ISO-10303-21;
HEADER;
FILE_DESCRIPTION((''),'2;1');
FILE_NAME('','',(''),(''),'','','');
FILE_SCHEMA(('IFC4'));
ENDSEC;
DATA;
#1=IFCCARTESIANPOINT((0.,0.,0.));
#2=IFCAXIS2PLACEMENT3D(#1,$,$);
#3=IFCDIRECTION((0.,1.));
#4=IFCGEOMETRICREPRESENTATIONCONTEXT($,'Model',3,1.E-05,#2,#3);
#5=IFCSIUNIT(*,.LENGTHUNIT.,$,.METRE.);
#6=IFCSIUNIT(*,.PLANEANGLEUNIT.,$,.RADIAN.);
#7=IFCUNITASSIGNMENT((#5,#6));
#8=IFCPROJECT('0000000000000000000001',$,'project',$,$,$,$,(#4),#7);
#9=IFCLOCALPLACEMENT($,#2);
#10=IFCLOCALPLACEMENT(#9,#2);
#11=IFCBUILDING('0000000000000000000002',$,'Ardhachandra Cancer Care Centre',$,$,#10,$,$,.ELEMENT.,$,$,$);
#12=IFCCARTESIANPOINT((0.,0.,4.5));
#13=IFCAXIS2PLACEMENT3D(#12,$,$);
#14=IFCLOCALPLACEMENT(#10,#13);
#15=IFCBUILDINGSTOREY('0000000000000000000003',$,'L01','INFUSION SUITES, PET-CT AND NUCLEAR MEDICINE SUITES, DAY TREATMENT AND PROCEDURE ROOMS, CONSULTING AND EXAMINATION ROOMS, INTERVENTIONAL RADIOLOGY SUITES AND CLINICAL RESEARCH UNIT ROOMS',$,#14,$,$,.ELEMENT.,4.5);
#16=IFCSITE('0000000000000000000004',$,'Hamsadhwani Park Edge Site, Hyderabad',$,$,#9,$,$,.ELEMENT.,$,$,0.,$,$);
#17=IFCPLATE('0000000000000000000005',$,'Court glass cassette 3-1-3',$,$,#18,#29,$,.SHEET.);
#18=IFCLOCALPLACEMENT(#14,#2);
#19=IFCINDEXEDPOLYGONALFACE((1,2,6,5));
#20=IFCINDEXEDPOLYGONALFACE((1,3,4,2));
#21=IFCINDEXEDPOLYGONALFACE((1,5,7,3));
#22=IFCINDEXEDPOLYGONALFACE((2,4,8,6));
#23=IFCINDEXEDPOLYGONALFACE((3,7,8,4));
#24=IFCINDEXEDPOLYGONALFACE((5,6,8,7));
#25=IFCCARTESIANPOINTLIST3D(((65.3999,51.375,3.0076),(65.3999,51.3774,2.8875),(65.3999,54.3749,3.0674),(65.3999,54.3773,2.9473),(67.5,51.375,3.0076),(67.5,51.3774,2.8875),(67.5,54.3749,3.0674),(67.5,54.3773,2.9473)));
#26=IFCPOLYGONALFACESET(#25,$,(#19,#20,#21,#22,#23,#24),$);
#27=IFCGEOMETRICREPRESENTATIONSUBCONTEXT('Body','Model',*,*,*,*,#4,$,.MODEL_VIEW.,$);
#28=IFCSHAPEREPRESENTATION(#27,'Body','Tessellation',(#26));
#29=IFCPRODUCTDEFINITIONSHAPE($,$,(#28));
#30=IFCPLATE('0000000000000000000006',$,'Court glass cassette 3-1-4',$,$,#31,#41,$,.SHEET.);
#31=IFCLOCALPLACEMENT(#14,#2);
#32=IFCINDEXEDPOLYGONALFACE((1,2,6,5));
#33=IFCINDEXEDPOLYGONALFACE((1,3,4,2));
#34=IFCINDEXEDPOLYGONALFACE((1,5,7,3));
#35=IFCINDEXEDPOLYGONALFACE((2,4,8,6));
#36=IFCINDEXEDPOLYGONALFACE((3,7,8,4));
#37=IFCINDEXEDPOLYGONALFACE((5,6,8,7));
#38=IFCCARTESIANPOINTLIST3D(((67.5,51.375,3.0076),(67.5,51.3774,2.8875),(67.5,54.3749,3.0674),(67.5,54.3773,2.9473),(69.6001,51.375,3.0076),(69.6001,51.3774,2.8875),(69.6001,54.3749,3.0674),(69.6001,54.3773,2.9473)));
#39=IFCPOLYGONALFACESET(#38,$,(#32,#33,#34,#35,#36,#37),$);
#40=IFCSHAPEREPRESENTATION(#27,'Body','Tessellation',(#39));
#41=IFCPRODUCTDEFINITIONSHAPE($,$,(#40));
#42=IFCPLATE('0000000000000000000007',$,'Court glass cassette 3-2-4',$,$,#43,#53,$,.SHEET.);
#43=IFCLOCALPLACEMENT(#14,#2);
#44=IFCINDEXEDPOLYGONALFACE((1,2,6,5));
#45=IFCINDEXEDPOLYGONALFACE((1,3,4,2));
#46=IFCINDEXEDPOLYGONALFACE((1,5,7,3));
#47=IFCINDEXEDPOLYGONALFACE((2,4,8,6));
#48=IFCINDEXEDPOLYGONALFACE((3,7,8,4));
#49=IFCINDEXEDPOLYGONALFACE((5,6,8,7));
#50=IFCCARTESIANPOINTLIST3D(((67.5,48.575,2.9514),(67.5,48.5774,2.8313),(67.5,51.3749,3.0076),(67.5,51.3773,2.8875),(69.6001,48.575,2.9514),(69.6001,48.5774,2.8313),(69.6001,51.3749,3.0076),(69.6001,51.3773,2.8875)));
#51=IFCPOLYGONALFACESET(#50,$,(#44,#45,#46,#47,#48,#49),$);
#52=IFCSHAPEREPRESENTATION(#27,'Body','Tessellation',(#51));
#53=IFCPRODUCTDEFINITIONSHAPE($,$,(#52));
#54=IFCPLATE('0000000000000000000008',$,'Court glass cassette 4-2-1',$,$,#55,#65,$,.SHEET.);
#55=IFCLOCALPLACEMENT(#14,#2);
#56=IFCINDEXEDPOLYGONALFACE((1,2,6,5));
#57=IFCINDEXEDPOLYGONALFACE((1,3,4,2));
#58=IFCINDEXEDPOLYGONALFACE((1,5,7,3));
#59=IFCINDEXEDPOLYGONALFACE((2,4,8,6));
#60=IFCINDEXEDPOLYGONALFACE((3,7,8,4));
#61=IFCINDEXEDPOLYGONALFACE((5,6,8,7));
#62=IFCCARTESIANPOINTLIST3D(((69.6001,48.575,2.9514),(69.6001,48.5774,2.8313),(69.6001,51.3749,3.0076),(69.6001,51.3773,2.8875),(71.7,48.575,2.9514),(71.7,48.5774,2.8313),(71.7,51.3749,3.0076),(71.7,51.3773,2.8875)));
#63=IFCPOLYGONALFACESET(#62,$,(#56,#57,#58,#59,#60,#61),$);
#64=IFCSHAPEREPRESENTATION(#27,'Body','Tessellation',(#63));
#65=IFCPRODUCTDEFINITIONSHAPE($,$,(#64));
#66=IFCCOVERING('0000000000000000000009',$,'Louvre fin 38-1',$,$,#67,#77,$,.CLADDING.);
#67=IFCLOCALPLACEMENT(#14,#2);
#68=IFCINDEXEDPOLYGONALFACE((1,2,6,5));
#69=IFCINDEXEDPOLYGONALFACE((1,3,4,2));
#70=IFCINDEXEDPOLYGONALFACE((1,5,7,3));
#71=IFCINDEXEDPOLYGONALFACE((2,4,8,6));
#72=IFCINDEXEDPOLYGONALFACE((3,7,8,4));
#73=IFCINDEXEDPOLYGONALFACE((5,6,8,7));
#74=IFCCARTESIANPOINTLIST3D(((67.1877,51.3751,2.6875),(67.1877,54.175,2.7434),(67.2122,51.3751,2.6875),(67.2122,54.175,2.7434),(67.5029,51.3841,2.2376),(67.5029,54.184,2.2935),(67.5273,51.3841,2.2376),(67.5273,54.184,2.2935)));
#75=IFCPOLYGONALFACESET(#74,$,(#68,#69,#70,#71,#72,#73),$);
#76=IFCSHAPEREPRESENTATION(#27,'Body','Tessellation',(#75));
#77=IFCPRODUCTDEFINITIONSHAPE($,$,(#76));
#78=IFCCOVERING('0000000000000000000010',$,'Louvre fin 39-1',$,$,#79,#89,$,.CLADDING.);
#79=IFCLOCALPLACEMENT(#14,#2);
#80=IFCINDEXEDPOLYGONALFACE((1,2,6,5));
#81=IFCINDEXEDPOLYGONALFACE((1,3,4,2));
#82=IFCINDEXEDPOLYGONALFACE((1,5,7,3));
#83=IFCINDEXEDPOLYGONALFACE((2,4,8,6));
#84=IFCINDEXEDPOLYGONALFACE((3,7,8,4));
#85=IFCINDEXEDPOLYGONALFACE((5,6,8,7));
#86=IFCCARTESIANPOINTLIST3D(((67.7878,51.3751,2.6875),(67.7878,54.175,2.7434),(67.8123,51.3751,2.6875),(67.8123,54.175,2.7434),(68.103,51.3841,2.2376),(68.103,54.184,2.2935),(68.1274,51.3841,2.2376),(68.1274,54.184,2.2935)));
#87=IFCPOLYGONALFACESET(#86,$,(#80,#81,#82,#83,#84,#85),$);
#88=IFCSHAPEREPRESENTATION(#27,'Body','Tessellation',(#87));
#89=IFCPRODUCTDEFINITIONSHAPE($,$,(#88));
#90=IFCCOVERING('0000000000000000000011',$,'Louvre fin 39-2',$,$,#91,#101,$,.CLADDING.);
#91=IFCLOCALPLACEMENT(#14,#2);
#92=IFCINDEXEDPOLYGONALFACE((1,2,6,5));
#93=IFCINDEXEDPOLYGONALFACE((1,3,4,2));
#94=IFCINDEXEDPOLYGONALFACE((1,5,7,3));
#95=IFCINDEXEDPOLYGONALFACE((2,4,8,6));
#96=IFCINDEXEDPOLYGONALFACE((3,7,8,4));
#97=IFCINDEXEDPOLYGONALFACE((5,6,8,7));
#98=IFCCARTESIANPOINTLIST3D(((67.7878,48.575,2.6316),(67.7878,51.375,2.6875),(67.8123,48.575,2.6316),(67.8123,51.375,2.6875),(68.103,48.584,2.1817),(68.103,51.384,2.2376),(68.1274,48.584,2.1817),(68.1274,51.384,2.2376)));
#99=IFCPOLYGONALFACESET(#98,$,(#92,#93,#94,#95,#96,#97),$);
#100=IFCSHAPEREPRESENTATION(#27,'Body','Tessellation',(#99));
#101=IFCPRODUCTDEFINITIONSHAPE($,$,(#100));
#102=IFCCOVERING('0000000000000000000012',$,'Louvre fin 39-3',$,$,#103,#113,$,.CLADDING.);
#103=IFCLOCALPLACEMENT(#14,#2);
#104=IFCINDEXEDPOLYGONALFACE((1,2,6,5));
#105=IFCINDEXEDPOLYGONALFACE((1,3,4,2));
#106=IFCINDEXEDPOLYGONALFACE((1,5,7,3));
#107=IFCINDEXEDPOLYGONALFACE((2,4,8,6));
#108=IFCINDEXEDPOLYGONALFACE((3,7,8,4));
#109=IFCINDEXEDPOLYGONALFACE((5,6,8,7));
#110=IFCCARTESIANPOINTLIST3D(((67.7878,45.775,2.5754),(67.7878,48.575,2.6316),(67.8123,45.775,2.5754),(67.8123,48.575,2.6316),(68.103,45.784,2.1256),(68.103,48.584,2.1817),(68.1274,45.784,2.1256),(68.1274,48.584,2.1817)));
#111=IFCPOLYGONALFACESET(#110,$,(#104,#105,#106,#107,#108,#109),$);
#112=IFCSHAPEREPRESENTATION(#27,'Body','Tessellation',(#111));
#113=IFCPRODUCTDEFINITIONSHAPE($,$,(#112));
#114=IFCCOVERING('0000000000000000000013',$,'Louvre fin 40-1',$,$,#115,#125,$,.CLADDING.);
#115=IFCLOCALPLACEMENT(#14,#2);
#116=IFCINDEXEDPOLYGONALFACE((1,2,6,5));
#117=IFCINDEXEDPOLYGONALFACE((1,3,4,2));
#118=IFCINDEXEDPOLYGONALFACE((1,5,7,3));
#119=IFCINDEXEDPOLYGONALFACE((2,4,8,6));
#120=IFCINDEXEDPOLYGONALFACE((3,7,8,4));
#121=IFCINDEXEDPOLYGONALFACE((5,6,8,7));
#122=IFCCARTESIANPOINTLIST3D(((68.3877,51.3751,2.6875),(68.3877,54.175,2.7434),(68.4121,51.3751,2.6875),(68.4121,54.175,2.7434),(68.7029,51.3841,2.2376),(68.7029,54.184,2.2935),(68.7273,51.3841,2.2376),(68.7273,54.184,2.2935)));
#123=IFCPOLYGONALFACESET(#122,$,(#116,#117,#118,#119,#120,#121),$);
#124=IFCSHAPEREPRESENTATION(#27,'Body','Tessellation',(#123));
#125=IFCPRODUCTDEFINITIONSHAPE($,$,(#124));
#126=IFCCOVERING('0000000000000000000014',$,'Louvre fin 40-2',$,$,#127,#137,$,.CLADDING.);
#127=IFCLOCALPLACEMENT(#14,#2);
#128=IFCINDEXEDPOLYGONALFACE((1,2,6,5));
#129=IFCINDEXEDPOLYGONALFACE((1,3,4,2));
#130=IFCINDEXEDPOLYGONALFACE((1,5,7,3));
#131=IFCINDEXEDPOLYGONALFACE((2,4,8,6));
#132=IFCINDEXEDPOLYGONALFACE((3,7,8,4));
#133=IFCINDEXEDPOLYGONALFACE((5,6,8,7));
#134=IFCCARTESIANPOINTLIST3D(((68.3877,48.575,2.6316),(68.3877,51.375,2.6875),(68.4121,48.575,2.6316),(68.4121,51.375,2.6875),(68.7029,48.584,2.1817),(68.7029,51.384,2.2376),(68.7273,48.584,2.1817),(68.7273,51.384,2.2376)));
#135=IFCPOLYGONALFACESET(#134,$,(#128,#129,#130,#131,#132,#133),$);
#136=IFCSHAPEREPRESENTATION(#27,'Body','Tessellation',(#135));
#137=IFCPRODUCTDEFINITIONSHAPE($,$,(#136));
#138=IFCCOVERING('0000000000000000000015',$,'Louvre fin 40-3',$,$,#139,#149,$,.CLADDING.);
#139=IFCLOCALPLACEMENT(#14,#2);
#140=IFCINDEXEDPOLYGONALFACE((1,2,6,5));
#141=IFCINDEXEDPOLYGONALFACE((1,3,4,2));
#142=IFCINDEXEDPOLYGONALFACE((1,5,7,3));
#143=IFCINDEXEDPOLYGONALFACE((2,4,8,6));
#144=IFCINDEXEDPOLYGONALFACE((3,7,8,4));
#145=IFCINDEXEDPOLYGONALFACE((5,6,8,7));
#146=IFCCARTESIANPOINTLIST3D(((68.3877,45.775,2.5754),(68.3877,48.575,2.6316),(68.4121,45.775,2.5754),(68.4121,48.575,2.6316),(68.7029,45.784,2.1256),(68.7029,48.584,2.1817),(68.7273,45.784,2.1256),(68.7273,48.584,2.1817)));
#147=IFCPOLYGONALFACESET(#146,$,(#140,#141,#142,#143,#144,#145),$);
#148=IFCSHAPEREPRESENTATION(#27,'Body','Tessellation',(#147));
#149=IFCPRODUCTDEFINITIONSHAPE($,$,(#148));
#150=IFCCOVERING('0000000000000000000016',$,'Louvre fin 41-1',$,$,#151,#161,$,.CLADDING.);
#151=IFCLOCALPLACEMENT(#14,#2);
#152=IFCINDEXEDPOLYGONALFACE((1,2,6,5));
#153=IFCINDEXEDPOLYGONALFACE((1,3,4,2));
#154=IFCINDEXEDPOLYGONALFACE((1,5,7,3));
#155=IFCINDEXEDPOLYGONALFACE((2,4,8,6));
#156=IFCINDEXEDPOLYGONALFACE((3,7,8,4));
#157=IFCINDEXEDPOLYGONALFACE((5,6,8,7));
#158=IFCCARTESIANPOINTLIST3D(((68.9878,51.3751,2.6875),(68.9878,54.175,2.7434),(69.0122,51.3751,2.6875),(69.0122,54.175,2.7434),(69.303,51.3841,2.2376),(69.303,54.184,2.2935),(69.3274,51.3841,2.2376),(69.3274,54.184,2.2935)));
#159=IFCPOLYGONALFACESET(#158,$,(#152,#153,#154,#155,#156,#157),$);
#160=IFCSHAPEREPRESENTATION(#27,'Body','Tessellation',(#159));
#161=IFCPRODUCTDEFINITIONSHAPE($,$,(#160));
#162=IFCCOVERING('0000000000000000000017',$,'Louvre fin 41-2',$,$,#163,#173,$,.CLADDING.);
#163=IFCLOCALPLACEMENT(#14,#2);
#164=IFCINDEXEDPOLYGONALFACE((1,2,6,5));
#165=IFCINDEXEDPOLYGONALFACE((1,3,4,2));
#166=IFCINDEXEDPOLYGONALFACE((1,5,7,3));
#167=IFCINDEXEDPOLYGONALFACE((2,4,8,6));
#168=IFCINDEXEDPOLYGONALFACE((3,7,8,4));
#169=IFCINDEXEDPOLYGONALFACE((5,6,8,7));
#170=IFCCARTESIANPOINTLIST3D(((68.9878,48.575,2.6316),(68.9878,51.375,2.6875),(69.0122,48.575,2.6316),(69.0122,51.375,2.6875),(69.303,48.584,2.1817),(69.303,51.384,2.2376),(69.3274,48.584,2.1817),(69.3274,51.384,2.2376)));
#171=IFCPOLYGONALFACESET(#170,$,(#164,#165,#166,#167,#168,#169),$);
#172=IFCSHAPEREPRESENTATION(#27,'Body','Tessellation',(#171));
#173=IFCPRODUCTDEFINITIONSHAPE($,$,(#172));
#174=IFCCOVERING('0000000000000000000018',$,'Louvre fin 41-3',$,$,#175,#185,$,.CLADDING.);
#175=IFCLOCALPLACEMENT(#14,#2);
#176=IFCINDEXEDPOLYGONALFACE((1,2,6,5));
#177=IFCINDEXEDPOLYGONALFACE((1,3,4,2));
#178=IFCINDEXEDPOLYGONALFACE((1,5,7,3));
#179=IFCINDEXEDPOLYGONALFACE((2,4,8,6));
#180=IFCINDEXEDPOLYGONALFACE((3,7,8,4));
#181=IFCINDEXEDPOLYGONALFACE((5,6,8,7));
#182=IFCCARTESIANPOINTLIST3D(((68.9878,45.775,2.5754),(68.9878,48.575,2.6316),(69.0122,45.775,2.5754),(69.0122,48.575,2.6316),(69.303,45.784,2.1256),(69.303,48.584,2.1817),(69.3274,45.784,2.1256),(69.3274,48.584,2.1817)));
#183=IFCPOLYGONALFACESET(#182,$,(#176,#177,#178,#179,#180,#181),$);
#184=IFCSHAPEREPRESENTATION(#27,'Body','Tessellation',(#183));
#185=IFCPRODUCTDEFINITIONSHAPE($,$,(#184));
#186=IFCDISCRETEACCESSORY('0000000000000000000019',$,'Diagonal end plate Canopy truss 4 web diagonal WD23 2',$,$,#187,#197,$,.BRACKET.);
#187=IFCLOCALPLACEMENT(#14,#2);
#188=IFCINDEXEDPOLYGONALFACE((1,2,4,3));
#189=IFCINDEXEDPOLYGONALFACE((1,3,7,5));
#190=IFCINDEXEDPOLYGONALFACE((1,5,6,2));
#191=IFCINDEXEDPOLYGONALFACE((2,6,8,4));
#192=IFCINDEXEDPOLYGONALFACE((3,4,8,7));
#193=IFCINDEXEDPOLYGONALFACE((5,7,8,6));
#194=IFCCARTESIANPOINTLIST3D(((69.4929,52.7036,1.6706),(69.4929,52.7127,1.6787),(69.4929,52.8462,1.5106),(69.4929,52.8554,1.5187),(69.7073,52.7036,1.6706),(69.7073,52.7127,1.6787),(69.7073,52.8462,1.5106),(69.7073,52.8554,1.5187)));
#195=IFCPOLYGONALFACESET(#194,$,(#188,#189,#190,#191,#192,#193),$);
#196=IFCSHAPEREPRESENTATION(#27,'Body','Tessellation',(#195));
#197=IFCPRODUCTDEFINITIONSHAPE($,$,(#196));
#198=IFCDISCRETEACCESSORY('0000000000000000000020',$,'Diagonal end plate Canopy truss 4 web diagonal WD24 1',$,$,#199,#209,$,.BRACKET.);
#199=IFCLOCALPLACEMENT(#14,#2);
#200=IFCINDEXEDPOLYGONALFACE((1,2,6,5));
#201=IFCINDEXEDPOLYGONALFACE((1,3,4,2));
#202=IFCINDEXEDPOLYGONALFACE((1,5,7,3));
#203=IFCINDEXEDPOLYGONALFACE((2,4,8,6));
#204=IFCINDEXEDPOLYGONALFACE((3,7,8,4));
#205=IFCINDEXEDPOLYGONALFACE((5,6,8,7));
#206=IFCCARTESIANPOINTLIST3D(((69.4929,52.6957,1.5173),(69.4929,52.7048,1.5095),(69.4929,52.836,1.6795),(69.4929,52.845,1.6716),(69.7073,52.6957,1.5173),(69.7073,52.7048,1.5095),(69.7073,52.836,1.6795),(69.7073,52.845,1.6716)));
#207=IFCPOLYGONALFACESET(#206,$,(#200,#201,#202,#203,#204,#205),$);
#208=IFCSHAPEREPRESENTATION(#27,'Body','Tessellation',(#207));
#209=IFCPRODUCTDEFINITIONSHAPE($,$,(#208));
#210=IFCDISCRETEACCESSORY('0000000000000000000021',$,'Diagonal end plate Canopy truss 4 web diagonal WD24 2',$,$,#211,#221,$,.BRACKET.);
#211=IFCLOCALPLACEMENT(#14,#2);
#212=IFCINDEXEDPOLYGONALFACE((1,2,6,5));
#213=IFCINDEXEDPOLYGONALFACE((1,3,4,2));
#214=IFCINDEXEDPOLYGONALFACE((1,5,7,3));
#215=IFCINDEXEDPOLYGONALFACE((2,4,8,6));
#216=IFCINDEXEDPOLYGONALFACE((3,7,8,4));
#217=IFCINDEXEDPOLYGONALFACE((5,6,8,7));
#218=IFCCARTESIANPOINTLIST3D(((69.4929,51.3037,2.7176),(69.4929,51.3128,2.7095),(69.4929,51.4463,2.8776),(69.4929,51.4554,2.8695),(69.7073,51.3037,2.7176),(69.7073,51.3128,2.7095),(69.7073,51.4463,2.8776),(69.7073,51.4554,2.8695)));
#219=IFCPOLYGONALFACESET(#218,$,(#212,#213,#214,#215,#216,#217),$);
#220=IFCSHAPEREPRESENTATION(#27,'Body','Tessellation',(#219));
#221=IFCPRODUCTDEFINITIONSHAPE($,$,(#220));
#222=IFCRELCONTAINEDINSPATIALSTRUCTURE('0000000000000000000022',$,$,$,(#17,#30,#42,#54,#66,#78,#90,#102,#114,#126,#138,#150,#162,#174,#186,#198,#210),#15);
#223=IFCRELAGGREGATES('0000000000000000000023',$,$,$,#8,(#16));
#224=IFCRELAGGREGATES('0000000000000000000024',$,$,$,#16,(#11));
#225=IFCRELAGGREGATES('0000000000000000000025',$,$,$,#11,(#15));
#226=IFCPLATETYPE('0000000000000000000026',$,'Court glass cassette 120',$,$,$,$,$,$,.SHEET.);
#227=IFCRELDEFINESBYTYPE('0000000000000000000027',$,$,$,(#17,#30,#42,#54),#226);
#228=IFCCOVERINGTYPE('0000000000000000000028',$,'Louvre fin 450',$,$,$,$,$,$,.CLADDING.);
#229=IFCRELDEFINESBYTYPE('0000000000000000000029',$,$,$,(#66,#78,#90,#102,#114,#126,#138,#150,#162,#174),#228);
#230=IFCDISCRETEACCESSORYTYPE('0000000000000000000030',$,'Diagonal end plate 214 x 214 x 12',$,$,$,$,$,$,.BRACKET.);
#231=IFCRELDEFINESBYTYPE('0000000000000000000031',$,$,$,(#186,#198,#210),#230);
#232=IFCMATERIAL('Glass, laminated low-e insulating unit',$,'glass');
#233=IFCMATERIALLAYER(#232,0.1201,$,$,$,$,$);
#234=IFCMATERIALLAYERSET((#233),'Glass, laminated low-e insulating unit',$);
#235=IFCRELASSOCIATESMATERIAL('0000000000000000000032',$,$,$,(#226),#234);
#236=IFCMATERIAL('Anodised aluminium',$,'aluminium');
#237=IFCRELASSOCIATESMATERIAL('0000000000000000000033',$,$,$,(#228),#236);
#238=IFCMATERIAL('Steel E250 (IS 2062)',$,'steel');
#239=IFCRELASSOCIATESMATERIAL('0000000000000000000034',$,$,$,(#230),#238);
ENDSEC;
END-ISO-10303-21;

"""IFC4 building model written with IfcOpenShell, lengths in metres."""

from ifc_helpers import new_model, si_unit, direction, frame, origin, origin_2d, place, context, subcontext, project, spatial, polyline, rectangle, outline, extrude, material, layer, layer_set, material_profile, profile_set, type_object, element, save


model = new_model("IFC4")

# Units and contexts
model_context = context("Model", 3, precision=1e-05, world=origin(), true_north=direction((0.0, 1.0)))
body_context = subcontext(model_context, "Body", "Model", "MODEL_VIEW")
ifc_project = project(units=[si_unit("LENGTHUNIT", "METRE"), si_unit("PLANEANGLEUNIT", "RADIAN")], contexts=[model_context])

# Site, building, storey
site_placement = place(None, origin())
site = spatial("IfcSite", under=ifc_project, at=site_placement, Name="Hamsadhwani Park Edge Site, Hyderabad", CompositionType="ELEMENT", RefElevation=0.0)
building_placement = place(site_placement, origin())
building = spatial("IfcBuilding", under=site, at=building_placement, Name="Ardhachandra Cancer Care Centre", CompositionType="ELEMENT")
storey_placement = place(building_placement, frame((0.0, 0.0, 4.5)))
storey = spatial("IfcBuildingStorey", under=building, at=storey_placement, Name="L01", Description="INFUSION SUITES, PET-CT AND NUCLEAR MEDICINE SUITES, DAY TREATMENT AND PROCEDURE ROOMS, CONSULTING AND EXAMINATION ROOMS, INTERVENTIONAL RADIOLOGY SUITES AND CLINICAL RESEARCH UNIT ROOMS", CompositionType="ELEMENT", Elevation=4.5)

# Plates
ifc_material_1 = material(Name="Glass, laminated low-e insulating unit", Category="glass")
ifc_layer = layer(ifc_material_1, 0.1201)
ifc_layer_set = layer_set([ifc_layer], Name="Glass, laminated low-e insulating unit")
plate_type = type_object("IfcPlateType", Name="Court glass cassette 120", PredefinedType="SHEET", material=ifc_layer_set)
for number, where, z_axis, x_axis, name in (
    (1, (67.5, 51.375, 3.0076), (0.0, -0.019934, 0.999801), (-1.0, 0.0, 0.0), "Court glass cassette 3-1-3"),
    (2, (69.6001, 51.375, 3.0076), (0.0, -0.019934, 0.999801), (-1.0, 0.0, 0.0), "Court glass cassette 3-1-4"),
):
    element("IfcPlate", number, at=place(storey_placement, frame(where, z_axis=z_axis, x_axis=x_axis)), inside=storey, type_object=plate_type, Name=name, PredefinedType="SHEET", context=body_context, shape_type="SweptSolid", body=[
        extrude(outline(polyline([(0.0, -3.0005), (2.1001, -3.0005), (2.1001, 0.0), (0.0, 0.0), (0.0, -3.0005)])), frame((0.0, 0.0, -0.1201)), (0.0, 0.0, 1.0), 0.1201),
    ])
plate_1_placement = place(storey_placement, frame((67.5, 48.575, 2.9514), z_axis=(0.0, -0.02005, 0.999799), x_axis=(0.0, 0.999799, 0.02005)))
element("IfcPlate", 3, at=plate_1_placement, inside=storey, type_object=plate_type, Name="Court glass cassette 3-2-4", PredefinedType="SHEET", context=body_context, shape_type="SweptSolid", body=[
    extrude(outline(polyline([(0.0, -2.1001), (2.8005, -2.1001), (2.8005, 0.0), (0.0, 0.0), (0.0, -2.1001)])), frame((0.0, 0.0, -0.1201)), (0.0, 0.0, 1.0), 0.1201),
])
plate_2_placement = place(storey_placement, frame((69.6001, 48.575, 2.9514), z_axis=(0.0, -0.02005, 0.999799), x_axis=(0.0, 0.999799, 0.02005)))
element("IfcPlate", 4, at=plate_2_placement, inside=storey, type_object=plate_type, Name="Court glass cassette 4-2-1", PredefinedType="SHEET", context=body_context, shape_type="SweptSolid", body=[
    extrude(outline(polyline([(0.0, -2.0999), (2.8005, -2.0999), (2.8005, 0.0), (0.0, 0.0), (0.0, -2.0999)])), frame((0.0, 0.0, -0.1201)), (0.0, 0.0, 1.0), 0.1201),
])

# Coverings
ifc_material_2 = material(Name="Anodised aluminium", Category="aluminium")
ifc_material_profile_1 = material_profile(ifc_material_2, outline(polyline([(-0.0122, 0.0), (0.0122, 0.0), (0.3274, -0.45), (0.303, -0.45), (-0.0122, 0.0)])), Name="Louvre fin 450")
ifc_profile_set_1 = profile_set([ifc_material_profile_1], Name="Anodised aluminium")
covering_type = type_object("IfcCoveringType", Name="Louvre fin 450", PredefinedType="CLADDING", material=ifc_profile_set_1)
for number, where, z_axis, x_axis, name in (
    (5, (67.2, 54.175, 2.7434), (0.0, -0.999801, -0.019963), (1.0, 0.0, 0.0), "Louvre fin 38-1"),
    (6, (67.8, 54.175, 2.7434), (0.0, -0.999801, -0.019963), (1.0, 0.0, 0.0), "Louvre fin 39-1"),
    (7, (67.8, 51.375, 2.6875), (0.0, -0.999801, -0.019963), (1.0, 0.0, 0.0), "Louvre fin 39-2"),
    (8, (67.8, 48.575, 2.6316), (0.0, -0.999799, -0.02005), (1.0, 0.0, 0.0), "Louvre fin 39-3"),
    (9, (68.3999, 54.175, 2.7434), (0.0, -0.999801, -0.019963), (1.0, 0.0, 0.0), "Louvre fin 40-1"),
    (10, (68.3999, 51.375, 2.6875), (0.0, -0.999801, -0.019963), (1.0, 0.0, 0.0), "Louvre fin 40-2"),
    (11, (68.3999, 48.575, 2.6316), (0.0, -0.999799, -0.02005), (1.0, 0.0, 0.0), "Louvre fin 40-3"),
    (12, (69.0, 54.175, 2.7434), (0.0, -0.999801, -0.019963), (1.0, 0.0, 0.0), "Louvre fin 41-1"),
    (13, (69.0, 51.375, 2.6875), (0.0, -0.999801, -0.019963), (1.0, 0.0, 0.0), "Louvre fin 41-2"),
    (14, (69.0, 48.575, 2.6316), (0.0, -0.999799, -0.02005), (1.0, 0.0, 0.0), "Louvre fin 41-3"),
):
    element("IfcCovering", number, at=place(storey_placement, frame(where, z_axis=z_axis, x_axis=x_axis)), inside=storey, type_object=covering_type, Name=name, PredefinedType="CLADDING", context=body_context, shape_type="SweptSolid", body=[
        extrude(outline(polyline([(-0.0122, 0.0), (0.0122, 0.0), (0.3274, -0.45), (0.303, -0.45), (-0.0122, 0.0)])), origin(), (0.0, 0.0, 1.0), 2.8005),
    ])

# Discrete accessories
ifc_material_3 = material(Name="Steel E250 (IS 2062)", Category="steel")
ifc_material_profile_2 = material_profile(ifc_material_3, rectangle(XDim=0.2144, YDim=0.2144, at=origin_2d()), Name="PL 214x214x12")
ifc_profile_set_2 = profile_set([ifc_material_profile_2], Name="Steel E250 (IS 2062)")
discrete_accessory_type = type_object("IfcDiscreteAccessoryType", Name="Diagonal end plate 214 x 214 x 12", PredefinedType="BRACKET", material=ifc_profile_set_2)
discrete_accessory_1_placement = place(storey_placement, frame((69.6001, 52.7749, 1.5906), z_axis=(0.0, 0.746295, 0.665615), x_axis=(-1.0, 0.0, 0.0)))
element("IfcDiscreteAccessory", 15, at=discrete_accessory_1_placement, inside=storey, type_object=discrete_accessory_type, Name="Diagonal end plate Canopy truss 4 web diagonal WD23 2", PredefinedType="BRACKET", context=body_context, shape_type="SweptSolid", body=[
    extrude(rectangle(XDim=0.2144, YDim=0.2144, at=origin_2d()), origin(), (0.0, 0.0, 1.0), 0.0122),
])
discrete_accessory_2_placement = place(storey_placement, frame((69.6001, 52.7749, 1.5906), z_axis=(0.0, -0.756363, 0.654152), x_axis=(1.0, 0.0, 0.0)))
element("IfcDiscreteAccessory", 16, at=discrete_accessory_2_placement, inside=storey, type_object=discrete_accessory_type, Name="Diagonal end plate Canopy truss 4 web diagonal WD24 1", PredefinedType="BRACKET", context=body_context, shape_type="SweptSolid", body=[
    extrude(rectangle(XDim=0.2144, YDim=0.2144, at=origin_2d()), origin(), (0.0, 0.0, 1.0), 0.012),
])
discrete_accessory_3_placement = place(storey_placement, frame((69.6001, 51.375, 2.7976), z_axis=(0.0, 0.746295, -0.665615), x_axis=(-1.0, 0.0, 0.0)))
element("IfcDiscreteAccessory", 17, at=discrete_accessory_3_placement, inside=storey, type_object=discrete_accessory_type, Name="Diagonal end plate Canopy truss 4 web diagonal WD24 2", PredefinedType="BRACKET", context=body_context, shape_type="SweptSolid", body=[
    extrude(rectangle(XDim=0.2144, YDim=0.2144, at=origin_2d()), origin(), (0.0, 0.0, 1.0), 0.0122),
])

save(model, "model.ifc")
